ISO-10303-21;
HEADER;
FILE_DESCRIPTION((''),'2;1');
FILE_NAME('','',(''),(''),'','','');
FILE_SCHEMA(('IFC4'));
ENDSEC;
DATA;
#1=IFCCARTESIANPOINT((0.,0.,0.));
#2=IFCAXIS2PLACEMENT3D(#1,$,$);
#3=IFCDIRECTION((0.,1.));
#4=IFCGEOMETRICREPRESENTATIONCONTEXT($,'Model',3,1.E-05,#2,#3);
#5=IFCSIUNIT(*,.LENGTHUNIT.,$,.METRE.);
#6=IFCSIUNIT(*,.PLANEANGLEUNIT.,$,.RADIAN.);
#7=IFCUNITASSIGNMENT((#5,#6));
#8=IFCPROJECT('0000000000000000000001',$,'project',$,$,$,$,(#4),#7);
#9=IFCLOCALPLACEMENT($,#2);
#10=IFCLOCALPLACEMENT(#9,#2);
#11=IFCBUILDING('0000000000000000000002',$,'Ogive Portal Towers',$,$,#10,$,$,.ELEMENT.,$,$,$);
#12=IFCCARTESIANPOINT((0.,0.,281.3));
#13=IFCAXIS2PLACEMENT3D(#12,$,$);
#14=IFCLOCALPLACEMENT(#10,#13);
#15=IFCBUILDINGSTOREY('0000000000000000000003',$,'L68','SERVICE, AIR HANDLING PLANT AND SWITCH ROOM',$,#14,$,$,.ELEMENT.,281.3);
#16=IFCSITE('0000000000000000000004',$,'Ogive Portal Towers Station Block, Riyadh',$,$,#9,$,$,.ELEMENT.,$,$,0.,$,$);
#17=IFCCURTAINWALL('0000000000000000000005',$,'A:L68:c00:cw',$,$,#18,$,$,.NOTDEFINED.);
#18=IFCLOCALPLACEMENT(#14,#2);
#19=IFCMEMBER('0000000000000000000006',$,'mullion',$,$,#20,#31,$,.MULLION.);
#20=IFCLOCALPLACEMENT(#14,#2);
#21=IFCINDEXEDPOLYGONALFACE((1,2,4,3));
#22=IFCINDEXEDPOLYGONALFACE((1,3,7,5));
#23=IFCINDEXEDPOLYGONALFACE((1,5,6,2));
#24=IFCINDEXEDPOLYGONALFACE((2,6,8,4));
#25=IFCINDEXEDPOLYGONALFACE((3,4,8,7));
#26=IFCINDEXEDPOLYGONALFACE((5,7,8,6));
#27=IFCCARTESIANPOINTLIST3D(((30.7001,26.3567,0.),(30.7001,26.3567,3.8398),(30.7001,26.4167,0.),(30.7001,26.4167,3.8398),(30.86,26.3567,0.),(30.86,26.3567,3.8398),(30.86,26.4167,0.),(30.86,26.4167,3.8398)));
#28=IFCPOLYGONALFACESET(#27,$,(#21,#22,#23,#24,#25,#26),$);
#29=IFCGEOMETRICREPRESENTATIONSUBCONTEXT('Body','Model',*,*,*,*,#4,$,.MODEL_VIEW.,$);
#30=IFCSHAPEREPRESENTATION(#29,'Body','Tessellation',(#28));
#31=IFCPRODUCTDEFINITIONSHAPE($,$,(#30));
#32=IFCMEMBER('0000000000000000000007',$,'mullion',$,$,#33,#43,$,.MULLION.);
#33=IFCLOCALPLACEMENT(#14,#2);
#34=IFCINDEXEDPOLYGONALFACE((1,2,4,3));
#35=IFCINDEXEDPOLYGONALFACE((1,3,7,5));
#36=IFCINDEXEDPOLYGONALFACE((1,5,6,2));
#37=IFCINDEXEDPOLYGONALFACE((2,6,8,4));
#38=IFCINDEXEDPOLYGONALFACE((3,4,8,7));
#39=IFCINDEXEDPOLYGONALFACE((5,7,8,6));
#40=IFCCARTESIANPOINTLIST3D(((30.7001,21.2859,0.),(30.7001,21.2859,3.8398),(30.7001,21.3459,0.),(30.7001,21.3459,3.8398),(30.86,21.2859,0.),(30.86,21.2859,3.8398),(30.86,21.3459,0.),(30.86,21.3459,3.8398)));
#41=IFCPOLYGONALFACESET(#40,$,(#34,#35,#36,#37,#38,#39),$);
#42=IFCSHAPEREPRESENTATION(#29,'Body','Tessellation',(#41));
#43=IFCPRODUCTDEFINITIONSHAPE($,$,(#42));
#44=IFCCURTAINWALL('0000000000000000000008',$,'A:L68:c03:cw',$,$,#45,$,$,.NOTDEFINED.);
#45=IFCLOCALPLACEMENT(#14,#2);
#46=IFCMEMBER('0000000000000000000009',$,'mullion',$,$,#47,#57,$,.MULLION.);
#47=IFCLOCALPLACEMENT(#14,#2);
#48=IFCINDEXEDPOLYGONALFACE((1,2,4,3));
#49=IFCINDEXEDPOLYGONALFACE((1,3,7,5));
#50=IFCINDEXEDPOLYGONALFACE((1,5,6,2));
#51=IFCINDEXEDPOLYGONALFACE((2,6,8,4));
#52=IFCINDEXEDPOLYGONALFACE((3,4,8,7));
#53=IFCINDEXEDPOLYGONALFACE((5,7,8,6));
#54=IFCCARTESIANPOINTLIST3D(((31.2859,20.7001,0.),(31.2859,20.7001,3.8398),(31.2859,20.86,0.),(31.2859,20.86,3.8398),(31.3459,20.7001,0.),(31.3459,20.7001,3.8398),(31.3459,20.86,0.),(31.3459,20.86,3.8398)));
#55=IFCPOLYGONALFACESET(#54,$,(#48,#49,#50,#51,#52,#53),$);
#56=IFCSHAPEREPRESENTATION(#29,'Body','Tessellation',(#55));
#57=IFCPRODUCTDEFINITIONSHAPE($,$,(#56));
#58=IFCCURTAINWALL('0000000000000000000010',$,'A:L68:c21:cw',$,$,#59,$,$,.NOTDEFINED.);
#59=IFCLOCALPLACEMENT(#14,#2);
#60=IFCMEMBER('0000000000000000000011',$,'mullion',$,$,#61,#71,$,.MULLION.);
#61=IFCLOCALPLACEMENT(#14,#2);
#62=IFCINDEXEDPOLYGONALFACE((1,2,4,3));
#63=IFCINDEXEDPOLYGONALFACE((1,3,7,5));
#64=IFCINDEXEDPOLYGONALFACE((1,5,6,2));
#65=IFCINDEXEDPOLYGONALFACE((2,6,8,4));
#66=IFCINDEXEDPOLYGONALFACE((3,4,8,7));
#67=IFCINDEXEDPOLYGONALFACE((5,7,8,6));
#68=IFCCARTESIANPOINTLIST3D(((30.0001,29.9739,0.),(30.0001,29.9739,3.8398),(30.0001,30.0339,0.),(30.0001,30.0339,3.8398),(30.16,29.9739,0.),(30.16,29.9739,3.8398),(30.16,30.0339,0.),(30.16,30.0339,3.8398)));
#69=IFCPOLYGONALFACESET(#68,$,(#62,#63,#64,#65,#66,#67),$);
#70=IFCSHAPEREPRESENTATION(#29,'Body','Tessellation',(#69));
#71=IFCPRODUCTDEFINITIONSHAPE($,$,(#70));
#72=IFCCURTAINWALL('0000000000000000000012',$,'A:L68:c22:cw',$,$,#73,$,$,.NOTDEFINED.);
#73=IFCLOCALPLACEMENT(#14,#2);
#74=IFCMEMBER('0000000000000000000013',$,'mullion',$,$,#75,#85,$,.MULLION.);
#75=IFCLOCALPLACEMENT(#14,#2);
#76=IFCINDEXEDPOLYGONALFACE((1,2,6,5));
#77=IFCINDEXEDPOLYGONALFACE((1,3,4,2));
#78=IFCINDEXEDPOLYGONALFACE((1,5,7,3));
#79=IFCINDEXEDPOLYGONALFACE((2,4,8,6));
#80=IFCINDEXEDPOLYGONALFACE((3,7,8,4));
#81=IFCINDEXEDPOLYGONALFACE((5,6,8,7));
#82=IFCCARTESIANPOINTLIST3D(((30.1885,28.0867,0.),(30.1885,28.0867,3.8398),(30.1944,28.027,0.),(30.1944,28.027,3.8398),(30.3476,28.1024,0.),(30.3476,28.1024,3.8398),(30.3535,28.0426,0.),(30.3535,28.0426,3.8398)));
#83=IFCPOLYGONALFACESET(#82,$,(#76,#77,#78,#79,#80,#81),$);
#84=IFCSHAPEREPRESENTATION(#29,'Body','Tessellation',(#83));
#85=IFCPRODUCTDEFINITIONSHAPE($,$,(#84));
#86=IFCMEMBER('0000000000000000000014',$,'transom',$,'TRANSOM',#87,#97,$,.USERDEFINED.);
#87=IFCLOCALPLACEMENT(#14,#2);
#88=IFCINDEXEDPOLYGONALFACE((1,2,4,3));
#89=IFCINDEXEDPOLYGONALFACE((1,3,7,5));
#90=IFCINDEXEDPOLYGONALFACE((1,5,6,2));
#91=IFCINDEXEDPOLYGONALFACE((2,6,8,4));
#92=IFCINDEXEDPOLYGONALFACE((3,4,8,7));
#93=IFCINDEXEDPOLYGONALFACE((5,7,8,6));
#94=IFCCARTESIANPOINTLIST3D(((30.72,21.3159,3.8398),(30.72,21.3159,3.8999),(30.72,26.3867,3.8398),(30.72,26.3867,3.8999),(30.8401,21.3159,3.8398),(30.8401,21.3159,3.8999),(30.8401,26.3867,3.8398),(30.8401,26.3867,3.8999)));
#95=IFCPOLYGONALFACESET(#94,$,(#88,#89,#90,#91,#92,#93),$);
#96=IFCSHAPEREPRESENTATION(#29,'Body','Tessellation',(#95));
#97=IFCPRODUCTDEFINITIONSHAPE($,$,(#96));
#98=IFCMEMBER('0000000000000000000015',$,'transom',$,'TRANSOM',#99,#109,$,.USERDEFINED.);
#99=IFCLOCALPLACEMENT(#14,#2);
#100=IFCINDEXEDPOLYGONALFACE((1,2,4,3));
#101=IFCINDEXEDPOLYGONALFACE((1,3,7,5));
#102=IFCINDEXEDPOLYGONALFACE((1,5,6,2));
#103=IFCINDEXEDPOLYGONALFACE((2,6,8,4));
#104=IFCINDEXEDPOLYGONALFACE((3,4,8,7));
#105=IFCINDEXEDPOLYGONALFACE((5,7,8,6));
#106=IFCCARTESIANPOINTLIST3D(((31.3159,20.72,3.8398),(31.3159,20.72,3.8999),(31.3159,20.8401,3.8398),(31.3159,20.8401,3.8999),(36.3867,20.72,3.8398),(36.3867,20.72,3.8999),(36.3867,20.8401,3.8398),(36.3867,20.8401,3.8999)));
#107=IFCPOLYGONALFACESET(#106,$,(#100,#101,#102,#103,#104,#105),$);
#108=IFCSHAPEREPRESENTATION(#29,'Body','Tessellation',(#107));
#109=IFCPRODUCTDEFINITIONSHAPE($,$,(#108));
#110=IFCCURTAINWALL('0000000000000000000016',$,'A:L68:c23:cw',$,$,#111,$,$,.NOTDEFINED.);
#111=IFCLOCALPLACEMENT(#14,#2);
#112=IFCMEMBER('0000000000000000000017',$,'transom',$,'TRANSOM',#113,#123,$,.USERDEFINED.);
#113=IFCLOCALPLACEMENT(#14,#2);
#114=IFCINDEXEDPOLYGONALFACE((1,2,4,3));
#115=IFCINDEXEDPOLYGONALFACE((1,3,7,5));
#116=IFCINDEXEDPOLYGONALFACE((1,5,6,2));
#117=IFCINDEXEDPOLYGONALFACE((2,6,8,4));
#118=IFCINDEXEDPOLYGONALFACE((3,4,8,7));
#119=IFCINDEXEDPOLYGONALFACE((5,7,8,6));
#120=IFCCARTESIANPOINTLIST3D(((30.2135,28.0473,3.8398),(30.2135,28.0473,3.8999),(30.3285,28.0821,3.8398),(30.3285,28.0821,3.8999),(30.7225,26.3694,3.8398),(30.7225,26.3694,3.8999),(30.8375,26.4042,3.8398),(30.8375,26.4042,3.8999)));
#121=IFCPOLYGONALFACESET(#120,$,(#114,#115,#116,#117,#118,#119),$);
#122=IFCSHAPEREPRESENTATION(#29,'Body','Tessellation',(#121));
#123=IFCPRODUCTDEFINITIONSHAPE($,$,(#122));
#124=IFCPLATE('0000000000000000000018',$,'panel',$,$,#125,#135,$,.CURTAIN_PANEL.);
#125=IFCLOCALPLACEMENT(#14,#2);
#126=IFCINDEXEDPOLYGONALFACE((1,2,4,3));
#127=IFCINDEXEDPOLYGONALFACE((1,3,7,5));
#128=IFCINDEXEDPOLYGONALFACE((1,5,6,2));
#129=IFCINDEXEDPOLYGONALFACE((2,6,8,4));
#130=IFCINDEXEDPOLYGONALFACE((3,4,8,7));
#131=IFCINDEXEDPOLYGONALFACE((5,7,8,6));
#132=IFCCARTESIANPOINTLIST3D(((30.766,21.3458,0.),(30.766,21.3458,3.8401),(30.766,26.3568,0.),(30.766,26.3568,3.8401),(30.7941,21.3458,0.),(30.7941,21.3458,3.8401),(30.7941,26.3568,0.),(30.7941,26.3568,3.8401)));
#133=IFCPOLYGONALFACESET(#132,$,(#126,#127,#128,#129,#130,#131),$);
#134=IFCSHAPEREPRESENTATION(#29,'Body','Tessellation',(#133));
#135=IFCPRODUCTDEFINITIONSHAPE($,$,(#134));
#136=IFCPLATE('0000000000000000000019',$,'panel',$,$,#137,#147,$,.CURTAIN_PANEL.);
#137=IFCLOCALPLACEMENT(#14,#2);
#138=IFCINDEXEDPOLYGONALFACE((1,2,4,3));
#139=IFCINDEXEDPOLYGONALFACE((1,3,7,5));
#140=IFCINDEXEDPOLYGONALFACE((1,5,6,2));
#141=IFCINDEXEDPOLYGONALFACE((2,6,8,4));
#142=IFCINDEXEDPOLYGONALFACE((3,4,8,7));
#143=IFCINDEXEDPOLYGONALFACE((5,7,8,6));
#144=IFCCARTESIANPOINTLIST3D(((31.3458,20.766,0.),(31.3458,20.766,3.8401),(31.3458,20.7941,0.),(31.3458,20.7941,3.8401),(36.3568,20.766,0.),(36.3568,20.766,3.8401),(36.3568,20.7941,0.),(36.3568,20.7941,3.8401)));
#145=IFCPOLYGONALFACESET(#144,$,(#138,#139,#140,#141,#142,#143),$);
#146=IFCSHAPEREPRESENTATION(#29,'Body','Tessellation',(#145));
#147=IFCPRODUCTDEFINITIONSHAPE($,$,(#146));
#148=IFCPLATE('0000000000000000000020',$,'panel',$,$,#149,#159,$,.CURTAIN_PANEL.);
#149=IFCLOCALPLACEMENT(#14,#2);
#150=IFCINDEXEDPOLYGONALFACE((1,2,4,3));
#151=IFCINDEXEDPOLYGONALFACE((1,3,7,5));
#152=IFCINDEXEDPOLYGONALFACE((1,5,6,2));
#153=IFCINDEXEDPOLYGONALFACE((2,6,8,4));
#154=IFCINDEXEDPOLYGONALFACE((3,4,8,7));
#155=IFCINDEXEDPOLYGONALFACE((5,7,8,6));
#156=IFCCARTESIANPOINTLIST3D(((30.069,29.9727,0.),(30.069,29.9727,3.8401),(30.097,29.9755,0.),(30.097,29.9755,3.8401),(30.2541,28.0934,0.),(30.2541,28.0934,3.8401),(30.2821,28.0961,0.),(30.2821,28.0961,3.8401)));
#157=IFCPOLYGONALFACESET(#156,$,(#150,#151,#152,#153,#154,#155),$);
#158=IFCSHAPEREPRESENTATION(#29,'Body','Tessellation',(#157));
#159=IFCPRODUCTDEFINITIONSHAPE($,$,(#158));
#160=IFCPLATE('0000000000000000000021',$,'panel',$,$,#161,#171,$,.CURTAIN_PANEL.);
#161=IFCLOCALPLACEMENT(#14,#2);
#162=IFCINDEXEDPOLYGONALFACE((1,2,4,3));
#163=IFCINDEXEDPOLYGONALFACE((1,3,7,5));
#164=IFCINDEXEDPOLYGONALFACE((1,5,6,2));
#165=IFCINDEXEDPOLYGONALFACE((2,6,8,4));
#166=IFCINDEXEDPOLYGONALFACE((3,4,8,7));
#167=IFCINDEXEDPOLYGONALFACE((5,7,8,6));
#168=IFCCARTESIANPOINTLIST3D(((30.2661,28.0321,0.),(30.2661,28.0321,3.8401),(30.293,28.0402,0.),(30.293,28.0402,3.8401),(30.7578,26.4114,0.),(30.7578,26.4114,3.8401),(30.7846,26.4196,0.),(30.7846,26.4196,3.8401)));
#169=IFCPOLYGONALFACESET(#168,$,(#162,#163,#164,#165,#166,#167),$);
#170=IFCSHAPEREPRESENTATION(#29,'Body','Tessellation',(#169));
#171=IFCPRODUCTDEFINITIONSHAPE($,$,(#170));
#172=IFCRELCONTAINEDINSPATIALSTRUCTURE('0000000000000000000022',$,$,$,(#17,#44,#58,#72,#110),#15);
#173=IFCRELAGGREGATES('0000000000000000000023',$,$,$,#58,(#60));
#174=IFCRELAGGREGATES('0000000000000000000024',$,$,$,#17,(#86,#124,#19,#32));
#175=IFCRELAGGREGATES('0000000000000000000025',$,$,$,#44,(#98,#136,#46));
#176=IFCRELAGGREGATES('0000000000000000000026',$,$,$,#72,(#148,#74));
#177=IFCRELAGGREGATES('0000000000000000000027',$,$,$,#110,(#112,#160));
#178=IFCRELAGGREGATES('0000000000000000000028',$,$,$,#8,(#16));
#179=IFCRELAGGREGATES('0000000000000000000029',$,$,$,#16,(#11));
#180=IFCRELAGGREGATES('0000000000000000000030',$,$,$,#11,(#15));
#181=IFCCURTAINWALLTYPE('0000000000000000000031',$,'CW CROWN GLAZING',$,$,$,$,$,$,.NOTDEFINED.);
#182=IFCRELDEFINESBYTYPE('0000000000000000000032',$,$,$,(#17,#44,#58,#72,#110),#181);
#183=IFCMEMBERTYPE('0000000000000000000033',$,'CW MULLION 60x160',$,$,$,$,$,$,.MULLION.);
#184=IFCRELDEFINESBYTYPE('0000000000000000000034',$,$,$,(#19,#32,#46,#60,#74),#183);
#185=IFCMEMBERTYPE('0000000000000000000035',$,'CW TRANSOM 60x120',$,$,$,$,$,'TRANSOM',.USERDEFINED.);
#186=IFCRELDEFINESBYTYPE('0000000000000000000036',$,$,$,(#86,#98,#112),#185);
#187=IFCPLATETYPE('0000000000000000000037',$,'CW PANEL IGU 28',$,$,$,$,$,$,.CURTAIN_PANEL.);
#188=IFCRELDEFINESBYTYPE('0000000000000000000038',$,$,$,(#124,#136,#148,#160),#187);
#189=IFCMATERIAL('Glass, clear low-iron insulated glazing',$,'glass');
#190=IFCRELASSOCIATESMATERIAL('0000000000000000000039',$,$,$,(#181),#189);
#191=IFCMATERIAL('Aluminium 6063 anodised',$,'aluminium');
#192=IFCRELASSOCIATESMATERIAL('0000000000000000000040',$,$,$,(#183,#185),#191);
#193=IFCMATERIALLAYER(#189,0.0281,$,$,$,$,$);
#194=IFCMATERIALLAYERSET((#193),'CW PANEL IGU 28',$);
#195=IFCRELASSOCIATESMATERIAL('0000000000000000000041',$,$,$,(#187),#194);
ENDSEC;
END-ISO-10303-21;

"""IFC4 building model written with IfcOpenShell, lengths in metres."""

from ifc_helpers import new_model, si_unit, direction, frame, origin, origin_2d, place, context, subcontext, project, spatial, rectangle, extrude, material, layer, layer_set, material_profile, profile_set, type_object, element, aggregate, save


model = new_model("IFC4")

# Units and contexts
model_context = context("Model", 3, precision=1e-05, world=origin(), true_north=direction((0.0, 1.0)))
body_context = subcontext(model_context, "Body", "Model", "MODEL_VIEW")
ifc_project = project(units=[si_unit("LENGTHUNIT", "METRE"), si_unit("PLANEANGLEUNIT", "RADIAN")], contexts=[model_context])

# Site, building, storey
site_placement = place(None, origin())
site = spatial("IfcSite", under=ifc_project, at=site_placement, Name="Ogive Portal Towers Station Block, Riyadh", CompositionType="ELEMENT", RefElevation=0.0)
building_placement = place(site_placement, origin())
building = spatial("IfcBuilding", under=site, at=building_placement, Name="Ogive Portal Towers", CompositionType="ELEMENT")
storey_placement = place(building_placement, frame((0.0, 0.0, 281.3)))
storey = spatial("IfcBuildingStorey", under=building, at=storey_placement, Name="L68", Description="SERVICE, AIR HANDLING PLANT AND SWITCH ROOM", CompositionType="ELEMENT", Elevation=281.3)

# Curtain wall, members
ifc_material_1 = material(Name="Glass, clear low-iron insulated glazing", Category="glass")
curtain_wall_type = type_object("IfcCurtainWallType", Name="CW CROWN GLAZING", PredefinedType="NOTDEFINED", material=ifc_material_1)
curtain_wall_1_placement = place(storey_placement, origin())
curtain_wall_1 = element("IfcCurtainWall", 1, at=curtain_wall_1_placement, inside=storey, type_object=curtain_wall_type, Name="A:L68:c00:cw", PredefinedType="NOTDEFINED")
ifc_material_2 = material(Name="Aluminium 6063 anodised", Category="aluminium")
ifc_material_profile_1 = material_profile(ifc_material_2, rectangle(XDim=0.1599, YDim=0.0601, at=origin_2d()), Name="AL 60x160")
ifc_profile_set_1 = profile_set([ifc_material_profile_1], Name="Aluminium 6063 anodised")
member_type_1 = type_object("IfcMemberType", Name="CW MULLION 60x160", PredefinedType="MULLION", material=ifc_profile_set_1)
member_1_placement = place(storey_placement, frame((30.78, 26.3867, 0.0), z_axis=(0.0, 0.0, 1.0), x_axis=(1.0, 0.0, 0.0)))
member_1 = element("IfcMember", 2, at=member_1_placement, type_object=member_type_1, Name="mullion", PredefinedType="MULLION", context=body_context, shape_type="SweptSolid", body=[
    extrude(rectangle(XDim=0.1599, YDim=0.0601, at=origin_2d()), origin(), (0.0, 0.0, 1.0), 3.8398),
])
member_2_placement = place(storey_placement, frame((30.78, 21.3159, 0.0), z_axis=(0.0, 0.0, 1.0), x_axis=(1.0, 0.0, 0.0)))
member_2 = element("IfcMember", 3, at=member_2_placement, type_object=member_type_1, Name="mullion", PredefinedType="MULLION", context=body_context, shape_type="SweptSolid", body=[
    extrude(rectangle(XDim=0.1599, YDim=0.0601, at=origin_2d()), origin(), (0.0, 0.0, 1.0), 3.8398),
])

# Curtain walls, members
curtain_wall_2_placement = place(storey_placement, origin())
curtain_wall_2 = element("IfcCurtainWall", 4, at=curtain_wall_2_placement, inside=storey, type_object=curtain_wall_type, Name="A:L68:c03:cw", PredefinedType="NOTDEFINED")
member_3_placement = place(storey_placement, frame((31.3159, 20.78, 0.0), z_axis=(0.0, 0.0, 1.0), x_axis=(0.0, 1.0, 0.0)))
member_3 = element("IfcMember", 5, at=member_3_placement, type_object=member_type_1, Name="mullion", PredefinedType="MULLION", context=body_context, shape_type="SweptSolid", body=[
    extrude(rectangle(XDim=0.1599, YDim=0.0601, at=origin_2d()), origin(), (0.0, 0.0, 1.0), 3.8398),
])
curtain_wall_3_placement = place(storey_placement, origin())
curtain_wall_3 = element("IfcCurtainWall", 6, at=curtain_wall_3_placement, inside=storey, type_object=curtain_wall_type, Name="A:L68:c21:cw", PredefinedType="NOTDEFINED")
member_4_placement = place(storey_placement, frame((30.0801, 30.0039, 0.0), z_axis=(0.0, 0.0, 1.0), x_axis=(1.0, 0.0, 0.0)))
member_4 = element("IfcMember", 7, at=member_4_placement, type_object=member_type_1, Name="mullion", PredefinedType="MULLION", context=body_context, shape_type="SweptSolid", body=[
    extrude(rectangle(XDim=0.1599, YDim=0.0601, at=origin_2d()), origin(), (0.0, 0.0, 1.0), 3.8398),
])
aggregate(curtain_wall_3, [member_4])
curtain_wall_4_placement = place(storey_placement, origin())
curtain_wall_4 = element("IfcCurtainWall", 8, at=curtain_wall_4_placement, inside=storey, type_object=curtain_wall_type, Name="A:L68:c22:cw", PredefinedType="NOTDEFINED")
member_5_placement = place(storey_placement, frame((30.271, 28.0647, 0.0), z_axis=(0.0, 0.0, 1.0), x_axis=(0.995185, 0.098017, 0.0)))
member_5 = element("IfcMember", 9, at=member_5_placement, type_object=member_type_1, Name="mullion", PredefinedType="MULLION", context=body_context, shape_type="SweptSolid", body=[
    extrude(rectangle(XDim=0.1599, YDim=0.0601, at=origin_2d()), origin(), (0.0, 0.0, 1.0), 3.8398),
])

# Members
ifc_material_profile_2 = material_profile(ifc_material_2, rectangle(XDim=0.1201, YDim=0.0601, at=origin_2d()), Name="AL 120x60")
ifc_profile_set_2 = profile_set([ifc_material_profile_2], Name="Aluminium 6063 anodised")
member_type_2 = type_object("IfcMemberType", Name="CW TRANSOM 60x120", ElementType="TRANSOM", PredefinedType="USERDEFINED", material=ifc_profile_set_2)
member_6_placement = place(storey_placement, frame((30.78, 26.3867, 3.8699), z_axis=(0.0, -1.0, 0.0), x_axis=(1.0, 0.0, 0.0)))
member_6 = element("IfcMember", 10, at=member_6_placement, type_object=member_type_2, Name="transom", ObjectType="TRANSOM", PredefinedType="USERDEFINED", context=body_context, shape_type="SweptSolid", body=[
    extrude(rectangle(XDim=0.1201, YDim=0.0601, at=origin_2d()), origin(), (0.0, 0.0, 1.0), 5.0708),
])
member_7_placement = place(storey_placement, frame((31.3159, 20.78, 3.8699), z_axis=(1.0, 0.0, 0.0), x_axis=(0.0, 1.0, 0.0)))
member_7 = element("IfcMember", 11, at=member_7_placement, type_object=member_type_2, Name="transom", ObjectType="TRANSOM", PredefinedType="USERDEFINED", context=body_context, shape_type="SweptSolid", body=[
    extrude(rectangle(XDim=0.1201, YDim=0.0601, at=origin_2d()), origin(), (0.0, 0.0, 1.0), 5.0708),
])

# Curtain wall, member
curtain_wall_5_placement = place(storey_placement, origin())
curtain_wall_5 = element("IfcCurtainWall", 12, at=curtain_wall_5_placement, inside=storey, type_object=curtain_wall_type, Name="A:L68:c23:cw", PredefinedType="NOTDEFINED")
member_8_placement = place(storey_placement, frame((30.271, 28.0647, 3.8699), z_axis=(0.290297, -0.956937, 0.0), x_axis=(0.956937, 0.290297, 0.0)))
member_8 = element("IfcMember", 13, at=member_8_placement, type_object=member_type_2, Name="transom", ObjectType="TRANSOM", PredefinedType="USERDEFINED", context=body_context, shape_type="SweptSolid", body=[
    extrude(rectangle(XDim=0.1201, YDim=0.0601, at=origin_2d()), origin(), (0.0, 0.0, 1.0), 1.7534),
])

# Plates
ifc_layer_1 = layer(ifc_material_1, 0.0281)
ifc_layer_set_1 = layer_set([ifc_layer_1], Name="CW PANEL IGU 28")
plate_type = type_object("IfcPlateType", Name="CW PANEL IGU 28", PredefinedType="CURTAIN_PANEL", material=ifc_layer_set_1)
plate_1_placement = place(storey_placement, frame((30.78, 23.8513, 0.0), z_axis=(0.0, 0.0, 1.0), x_axis=(0.0, -1.0, 0.0)))
plate_1 = element("IfcPlate", 14, at=plate_1_placement, type_object=plate_type, Name="panel", PredefinedType="CURTAIN_PANEL", context=body_context, shape_type="SweptSolid", body=[
    extrude(rectangle(XDim=5.011, YDim=0.0281, at=origin_2d()), origin(), (0.0, 0.0, 1.0), 3.8401),
])
aggregate(curtain_wall_1, [member_6, plate_1, member_1, member_2])
plate_2_placement = place(storey_placement, frame((33.8513, 20.78, 0.0), z_axis=(0.0, 0.0, 1.0), x_axis=(1.0, 0.0, 0.0)))
plate_2 = element("IfcPlate", 15, at=plate_2_placement, type_object=plate_type, Name="panel", PredefinedType="CURTAIN_PANEL", context=body_context, shape_type="SweptSolid", body=[
    extrude(rectangle(XDim=5.011, YDim=0.0281, at=origin_2d()), origin(), (0.0, 0.0, 1.0), 3.8401),
])
aggregate(curtain_wall_2, [member_7, plate_2, member_3])
plate_3_placement = place(storey_placement, frame((30.1755, 29.0344, 0.0), z_axis=(0.0, 0.0, 1.0), x_axis=(0.098017, -0.995185, 0.0)))
plate_3 = element("IfcPlate", 16, at=plate_3_placement, type_object=plate_type, Name="panel", PredefinedType="CURTAIN_PANEL", context=body_context, shape_type="SweptSolid", body=[
    extrude(rectangle(XDim=1.8884, YDim=0.0281, at=origin_2d()), origin(), (0.0, 0.0, 1.0), 3.8401),
])
aggregate(curtain_wall_4, [plate_3, member_5])
plate_4_placement = place(storey_placement, frame((30.5254, 27.2258, 0.0), z_axis=(0.0, 0.0, 1.0), x_axis=(0.290285, -0.95694, 0.0)))
plate_4 = element("IfcPlate", 17, at=plate_4_placement, type_object=plate_type, Name="panel", PredefinedType="CURTAIN_PANEL", context=body_context, shape_type="SweptSolid", body=[
    extrude(rectangle(XDim=1.6936, YDim=0.0281, at=origin_2d()), origin(), (0.0, 0.0, 1.0), 3.8401),
])
aggregate(curtain_wall_5, [member_8, plate_4])

save(model, "model.ifc")
